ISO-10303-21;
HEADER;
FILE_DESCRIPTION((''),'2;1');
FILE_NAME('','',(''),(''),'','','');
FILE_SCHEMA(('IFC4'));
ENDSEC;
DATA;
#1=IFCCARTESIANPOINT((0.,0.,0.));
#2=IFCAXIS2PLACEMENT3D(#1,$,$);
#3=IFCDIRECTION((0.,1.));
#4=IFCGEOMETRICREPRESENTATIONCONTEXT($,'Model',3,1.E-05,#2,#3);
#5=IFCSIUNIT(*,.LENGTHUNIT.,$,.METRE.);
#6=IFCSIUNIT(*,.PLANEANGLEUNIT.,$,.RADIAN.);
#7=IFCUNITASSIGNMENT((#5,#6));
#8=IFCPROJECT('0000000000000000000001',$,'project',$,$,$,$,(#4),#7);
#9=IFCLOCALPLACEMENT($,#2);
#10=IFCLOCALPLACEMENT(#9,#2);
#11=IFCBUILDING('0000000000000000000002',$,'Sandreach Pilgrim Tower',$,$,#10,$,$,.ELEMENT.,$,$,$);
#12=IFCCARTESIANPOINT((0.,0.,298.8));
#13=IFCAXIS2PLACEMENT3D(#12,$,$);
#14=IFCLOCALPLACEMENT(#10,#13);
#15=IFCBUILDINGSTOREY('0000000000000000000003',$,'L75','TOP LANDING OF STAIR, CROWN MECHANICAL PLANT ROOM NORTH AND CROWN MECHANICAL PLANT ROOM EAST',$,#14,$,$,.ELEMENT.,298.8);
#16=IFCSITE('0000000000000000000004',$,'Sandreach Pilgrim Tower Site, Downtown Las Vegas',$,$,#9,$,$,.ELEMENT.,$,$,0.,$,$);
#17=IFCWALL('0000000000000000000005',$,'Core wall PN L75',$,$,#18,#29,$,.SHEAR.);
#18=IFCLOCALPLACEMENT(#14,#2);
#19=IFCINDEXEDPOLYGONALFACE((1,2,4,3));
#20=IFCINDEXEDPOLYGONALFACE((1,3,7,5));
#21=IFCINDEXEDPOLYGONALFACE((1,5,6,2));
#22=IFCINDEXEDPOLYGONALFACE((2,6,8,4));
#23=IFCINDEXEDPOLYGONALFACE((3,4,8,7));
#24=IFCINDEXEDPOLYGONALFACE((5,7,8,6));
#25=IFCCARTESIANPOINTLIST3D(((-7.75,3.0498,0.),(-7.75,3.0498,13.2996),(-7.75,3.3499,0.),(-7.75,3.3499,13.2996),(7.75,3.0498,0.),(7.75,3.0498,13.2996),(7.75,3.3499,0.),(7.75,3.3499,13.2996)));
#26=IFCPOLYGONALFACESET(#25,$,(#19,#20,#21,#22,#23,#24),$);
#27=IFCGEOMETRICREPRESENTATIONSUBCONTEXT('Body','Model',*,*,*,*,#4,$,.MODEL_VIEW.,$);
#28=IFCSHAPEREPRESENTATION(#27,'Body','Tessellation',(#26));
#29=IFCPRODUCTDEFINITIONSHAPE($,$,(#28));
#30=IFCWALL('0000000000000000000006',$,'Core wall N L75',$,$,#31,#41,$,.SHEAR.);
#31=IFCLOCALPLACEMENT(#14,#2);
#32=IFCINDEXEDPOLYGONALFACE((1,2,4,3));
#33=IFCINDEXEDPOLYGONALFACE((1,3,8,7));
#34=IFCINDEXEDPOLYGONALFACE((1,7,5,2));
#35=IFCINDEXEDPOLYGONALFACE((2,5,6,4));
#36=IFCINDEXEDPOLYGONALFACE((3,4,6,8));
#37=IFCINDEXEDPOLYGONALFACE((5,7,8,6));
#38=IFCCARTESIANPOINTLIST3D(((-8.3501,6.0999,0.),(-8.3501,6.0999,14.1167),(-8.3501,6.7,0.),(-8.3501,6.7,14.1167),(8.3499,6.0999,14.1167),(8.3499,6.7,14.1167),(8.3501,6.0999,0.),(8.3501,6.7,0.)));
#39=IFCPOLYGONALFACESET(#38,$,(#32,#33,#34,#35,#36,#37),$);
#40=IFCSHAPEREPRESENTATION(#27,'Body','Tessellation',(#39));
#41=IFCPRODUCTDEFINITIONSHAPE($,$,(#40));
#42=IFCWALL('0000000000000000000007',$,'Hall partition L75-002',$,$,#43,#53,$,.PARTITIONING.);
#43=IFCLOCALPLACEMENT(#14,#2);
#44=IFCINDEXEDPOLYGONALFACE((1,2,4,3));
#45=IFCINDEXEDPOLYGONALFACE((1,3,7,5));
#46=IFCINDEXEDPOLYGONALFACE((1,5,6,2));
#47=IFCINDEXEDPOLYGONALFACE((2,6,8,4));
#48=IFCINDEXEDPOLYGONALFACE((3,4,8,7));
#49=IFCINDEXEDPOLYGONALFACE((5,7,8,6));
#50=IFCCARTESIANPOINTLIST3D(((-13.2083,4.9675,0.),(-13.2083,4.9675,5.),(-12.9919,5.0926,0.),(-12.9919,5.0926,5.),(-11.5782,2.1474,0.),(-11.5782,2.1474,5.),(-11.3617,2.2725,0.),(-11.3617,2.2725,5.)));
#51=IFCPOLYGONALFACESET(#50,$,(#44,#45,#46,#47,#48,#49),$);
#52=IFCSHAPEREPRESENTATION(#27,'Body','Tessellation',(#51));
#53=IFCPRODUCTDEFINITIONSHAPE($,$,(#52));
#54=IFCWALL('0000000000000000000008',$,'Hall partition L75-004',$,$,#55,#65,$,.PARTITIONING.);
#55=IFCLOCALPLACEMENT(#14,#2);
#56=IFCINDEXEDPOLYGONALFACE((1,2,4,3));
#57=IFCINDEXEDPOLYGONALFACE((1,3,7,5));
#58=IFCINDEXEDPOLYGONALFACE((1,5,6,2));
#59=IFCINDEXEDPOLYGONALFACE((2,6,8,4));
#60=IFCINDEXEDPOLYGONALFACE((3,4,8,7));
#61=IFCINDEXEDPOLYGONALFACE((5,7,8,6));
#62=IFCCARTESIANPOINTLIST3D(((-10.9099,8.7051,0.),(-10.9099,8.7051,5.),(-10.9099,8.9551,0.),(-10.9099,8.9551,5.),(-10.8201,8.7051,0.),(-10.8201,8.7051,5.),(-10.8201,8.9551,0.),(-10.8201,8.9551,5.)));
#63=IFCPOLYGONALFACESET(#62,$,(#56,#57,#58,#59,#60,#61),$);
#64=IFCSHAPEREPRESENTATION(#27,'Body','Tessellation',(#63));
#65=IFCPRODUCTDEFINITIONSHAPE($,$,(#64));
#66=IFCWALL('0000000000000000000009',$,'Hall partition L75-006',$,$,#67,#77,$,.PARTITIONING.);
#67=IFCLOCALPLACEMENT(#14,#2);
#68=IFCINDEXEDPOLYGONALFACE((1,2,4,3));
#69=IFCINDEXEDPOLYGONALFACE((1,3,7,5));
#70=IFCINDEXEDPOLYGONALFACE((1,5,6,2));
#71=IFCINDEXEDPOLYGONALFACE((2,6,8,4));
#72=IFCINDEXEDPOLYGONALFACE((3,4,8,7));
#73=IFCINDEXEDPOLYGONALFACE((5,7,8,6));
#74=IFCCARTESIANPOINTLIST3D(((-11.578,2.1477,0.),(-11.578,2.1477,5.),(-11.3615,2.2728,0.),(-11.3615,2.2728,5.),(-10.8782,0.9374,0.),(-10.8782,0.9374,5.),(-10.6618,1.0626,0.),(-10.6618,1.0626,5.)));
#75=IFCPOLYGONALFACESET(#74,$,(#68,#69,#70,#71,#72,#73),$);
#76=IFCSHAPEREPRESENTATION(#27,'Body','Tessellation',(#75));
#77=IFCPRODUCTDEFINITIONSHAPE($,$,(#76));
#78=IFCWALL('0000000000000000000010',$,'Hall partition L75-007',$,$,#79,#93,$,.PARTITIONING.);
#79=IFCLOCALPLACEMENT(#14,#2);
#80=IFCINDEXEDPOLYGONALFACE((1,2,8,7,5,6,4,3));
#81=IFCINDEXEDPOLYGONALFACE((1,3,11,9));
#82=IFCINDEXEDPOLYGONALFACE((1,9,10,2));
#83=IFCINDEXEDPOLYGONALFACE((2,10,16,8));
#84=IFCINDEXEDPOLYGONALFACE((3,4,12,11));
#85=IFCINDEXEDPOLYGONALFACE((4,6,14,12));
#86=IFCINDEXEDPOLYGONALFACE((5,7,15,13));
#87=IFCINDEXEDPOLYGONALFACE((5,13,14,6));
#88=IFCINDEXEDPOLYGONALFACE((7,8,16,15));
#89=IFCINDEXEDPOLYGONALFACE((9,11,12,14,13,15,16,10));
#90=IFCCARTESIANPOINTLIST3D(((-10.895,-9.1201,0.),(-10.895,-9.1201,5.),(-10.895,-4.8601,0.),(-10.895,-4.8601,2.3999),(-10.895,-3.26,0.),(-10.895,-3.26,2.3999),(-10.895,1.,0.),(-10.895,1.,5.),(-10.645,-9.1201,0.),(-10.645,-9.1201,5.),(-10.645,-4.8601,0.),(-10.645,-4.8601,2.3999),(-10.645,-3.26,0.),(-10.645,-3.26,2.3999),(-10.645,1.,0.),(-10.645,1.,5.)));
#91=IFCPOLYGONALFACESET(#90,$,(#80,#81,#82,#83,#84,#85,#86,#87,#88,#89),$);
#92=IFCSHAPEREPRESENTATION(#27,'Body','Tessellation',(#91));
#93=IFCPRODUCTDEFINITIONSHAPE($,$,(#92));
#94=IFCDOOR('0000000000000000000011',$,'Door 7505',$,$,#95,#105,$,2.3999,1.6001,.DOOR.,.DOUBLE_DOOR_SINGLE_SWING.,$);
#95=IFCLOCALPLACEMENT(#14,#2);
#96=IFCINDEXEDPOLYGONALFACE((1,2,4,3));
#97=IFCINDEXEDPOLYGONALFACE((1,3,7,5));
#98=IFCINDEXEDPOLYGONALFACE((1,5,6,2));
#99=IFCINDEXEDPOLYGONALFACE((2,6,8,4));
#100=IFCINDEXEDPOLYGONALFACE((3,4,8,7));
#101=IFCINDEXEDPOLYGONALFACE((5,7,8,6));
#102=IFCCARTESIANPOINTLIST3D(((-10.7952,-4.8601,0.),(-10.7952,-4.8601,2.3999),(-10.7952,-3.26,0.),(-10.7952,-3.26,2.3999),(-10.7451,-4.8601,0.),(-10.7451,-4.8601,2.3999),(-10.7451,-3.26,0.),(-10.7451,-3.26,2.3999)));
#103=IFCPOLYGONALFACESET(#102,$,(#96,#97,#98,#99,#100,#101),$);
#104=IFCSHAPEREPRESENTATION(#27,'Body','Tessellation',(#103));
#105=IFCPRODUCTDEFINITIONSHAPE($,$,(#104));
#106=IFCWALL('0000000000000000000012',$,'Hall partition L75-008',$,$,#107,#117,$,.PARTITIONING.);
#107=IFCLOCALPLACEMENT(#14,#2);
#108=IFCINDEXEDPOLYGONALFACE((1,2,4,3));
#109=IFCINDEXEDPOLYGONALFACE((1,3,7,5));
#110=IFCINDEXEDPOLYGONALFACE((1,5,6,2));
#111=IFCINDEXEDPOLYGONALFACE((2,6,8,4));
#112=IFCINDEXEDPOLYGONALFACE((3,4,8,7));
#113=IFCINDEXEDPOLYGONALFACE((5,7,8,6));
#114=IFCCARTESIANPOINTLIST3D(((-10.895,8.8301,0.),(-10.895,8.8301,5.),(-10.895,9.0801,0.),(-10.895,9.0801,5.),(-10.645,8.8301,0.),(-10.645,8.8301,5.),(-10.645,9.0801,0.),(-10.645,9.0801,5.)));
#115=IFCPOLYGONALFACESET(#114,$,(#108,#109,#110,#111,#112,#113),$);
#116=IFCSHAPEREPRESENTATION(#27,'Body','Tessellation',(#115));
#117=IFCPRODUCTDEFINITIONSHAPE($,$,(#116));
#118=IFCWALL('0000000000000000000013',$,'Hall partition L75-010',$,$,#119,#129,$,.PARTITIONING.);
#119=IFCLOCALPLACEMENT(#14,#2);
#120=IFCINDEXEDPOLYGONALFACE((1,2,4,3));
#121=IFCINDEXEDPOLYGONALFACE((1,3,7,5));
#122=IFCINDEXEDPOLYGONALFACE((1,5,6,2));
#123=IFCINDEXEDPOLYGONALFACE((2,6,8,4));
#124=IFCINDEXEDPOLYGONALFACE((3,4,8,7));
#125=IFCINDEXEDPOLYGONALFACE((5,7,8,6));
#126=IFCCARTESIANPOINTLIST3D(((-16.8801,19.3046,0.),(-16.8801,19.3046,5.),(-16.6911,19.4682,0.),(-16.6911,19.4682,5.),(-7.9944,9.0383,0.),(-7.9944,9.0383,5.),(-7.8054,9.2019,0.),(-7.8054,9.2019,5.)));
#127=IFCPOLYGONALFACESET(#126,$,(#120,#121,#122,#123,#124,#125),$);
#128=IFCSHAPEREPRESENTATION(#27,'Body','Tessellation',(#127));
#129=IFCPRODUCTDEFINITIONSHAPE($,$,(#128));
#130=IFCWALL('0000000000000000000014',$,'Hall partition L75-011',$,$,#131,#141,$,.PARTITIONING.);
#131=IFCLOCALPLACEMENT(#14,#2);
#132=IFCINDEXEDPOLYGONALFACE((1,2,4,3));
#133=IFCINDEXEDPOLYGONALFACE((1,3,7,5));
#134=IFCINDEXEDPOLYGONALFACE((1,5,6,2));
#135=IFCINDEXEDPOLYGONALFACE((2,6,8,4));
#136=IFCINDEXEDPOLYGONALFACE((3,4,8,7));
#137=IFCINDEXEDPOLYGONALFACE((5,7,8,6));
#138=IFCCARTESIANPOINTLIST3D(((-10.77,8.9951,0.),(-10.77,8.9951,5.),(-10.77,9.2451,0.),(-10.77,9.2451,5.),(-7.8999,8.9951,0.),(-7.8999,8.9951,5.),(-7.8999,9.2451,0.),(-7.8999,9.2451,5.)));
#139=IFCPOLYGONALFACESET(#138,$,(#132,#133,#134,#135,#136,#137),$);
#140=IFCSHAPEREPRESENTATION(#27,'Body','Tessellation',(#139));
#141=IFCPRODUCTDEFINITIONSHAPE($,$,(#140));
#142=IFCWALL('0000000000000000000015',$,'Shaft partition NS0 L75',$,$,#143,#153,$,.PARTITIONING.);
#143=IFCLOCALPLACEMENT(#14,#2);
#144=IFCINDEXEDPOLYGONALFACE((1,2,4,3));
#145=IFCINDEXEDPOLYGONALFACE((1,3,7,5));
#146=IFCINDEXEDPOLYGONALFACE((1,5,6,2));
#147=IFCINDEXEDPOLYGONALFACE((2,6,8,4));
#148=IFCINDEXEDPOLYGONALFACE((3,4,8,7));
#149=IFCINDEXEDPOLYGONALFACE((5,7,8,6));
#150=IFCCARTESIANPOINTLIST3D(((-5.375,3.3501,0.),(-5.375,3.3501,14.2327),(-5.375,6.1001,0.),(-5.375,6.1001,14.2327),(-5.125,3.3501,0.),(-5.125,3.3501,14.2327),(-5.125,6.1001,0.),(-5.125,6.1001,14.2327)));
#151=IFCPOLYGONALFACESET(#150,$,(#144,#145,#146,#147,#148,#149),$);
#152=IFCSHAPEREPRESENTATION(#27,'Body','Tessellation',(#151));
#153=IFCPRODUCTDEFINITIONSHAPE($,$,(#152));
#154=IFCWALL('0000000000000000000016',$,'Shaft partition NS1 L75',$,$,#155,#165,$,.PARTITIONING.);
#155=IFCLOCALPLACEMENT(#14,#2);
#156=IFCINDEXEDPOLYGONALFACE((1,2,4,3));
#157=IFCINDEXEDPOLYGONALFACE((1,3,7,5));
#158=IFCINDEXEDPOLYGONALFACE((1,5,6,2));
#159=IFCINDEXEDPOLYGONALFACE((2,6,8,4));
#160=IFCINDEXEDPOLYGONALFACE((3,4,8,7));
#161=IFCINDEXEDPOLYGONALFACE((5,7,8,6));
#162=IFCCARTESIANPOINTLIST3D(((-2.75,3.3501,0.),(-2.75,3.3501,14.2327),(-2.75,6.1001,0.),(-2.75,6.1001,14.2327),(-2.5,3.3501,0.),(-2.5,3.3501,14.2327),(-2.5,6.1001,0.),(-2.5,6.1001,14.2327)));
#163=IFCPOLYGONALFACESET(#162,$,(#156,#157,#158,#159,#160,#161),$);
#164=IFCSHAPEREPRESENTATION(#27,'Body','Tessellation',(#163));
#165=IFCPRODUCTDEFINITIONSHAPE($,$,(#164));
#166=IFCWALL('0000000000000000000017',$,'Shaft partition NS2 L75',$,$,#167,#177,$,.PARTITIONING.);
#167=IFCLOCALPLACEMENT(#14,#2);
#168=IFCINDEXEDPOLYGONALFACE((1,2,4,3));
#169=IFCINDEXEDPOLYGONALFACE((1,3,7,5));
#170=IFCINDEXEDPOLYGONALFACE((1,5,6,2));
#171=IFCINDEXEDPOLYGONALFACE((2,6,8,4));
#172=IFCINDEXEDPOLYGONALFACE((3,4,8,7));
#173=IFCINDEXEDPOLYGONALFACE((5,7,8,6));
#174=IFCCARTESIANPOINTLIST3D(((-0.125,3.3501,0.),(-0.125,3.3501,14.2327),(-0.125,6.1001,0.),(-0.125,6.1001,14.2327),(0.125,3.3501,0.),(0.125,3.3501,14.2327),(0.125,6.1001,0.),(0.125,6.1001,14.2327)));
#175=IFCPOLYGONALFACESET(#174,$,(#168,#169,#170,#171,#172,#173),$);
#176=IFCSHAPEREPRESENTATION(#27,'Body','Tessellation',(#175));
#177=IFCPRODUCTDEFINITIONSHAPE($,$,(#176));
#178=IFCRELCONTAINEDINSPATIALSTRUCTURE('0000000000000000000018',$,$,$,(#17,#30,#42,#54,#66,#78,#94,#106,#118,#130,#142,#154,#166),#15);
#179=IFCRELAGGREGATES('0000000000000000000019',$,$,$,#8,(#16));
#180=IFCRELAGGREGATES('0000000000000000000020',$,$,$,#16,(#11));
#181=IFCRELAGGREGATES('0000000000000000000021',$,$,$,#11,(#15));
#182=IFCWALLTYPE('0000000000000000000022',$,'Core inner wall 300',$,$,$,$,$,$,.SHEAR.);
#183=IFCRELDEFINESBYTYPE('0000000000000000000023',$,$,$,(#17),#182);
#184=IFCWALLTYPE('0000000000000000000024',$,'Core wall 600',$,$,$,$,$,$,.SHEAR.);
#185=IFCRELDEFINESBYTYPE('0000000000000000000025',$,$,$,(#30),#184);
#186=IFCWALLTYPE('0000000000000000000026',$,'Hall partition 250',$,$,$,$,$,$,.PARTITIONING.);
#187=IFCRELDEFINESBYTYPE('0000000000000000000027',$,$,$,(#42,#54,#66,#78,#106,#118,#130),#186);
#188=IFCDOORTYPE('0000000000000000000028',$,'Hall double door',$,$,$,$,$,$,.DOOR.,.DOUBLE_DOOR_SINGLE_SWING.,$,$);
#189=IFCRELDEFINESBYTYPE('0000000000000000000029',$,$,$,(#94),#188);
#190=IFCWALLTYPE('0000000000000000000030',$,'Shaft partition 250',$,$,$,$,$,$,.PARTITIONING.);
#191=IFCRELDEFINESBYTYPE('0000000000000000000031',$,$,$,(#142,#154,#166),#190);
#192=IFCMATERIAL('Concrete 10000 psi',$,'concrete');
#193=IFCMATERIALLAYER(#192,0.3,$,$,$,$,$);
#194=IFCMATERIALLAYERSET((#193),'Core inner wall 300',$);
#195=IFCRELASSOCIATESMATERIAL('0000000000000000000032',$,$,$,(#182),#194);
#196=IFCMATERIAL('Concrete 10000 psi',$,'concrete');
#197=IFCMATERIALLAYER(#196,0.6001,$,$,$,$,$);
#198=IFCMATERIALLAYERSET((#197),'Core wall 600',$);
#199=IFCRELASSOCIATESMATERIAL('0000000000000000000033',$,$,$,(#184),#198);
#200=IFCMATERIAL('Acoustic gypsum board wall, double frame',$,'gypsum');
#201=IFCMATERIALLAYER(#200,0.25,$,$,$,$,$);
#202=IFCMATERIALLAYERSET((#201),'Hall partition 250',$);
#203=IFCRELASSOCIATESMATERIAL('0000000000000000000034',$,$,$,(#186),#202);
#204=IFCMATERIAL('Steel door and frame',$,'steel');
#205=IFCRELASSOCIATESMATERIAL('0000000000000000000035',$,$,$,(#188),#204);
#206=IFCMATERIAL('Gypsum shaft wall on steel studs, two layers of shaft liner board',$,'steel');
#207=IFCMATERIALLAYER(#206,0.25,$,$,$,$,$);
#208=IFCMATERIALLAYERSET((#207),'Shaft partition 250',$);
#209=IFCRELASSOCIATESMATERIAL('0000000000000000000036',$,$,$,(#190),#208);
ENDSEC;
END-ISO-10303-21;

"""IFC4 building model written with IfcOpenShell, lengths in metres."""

from ifc_helpers import new_model, si_unit, direction, frame, frame_2d, origin, place, context, subcontext, project, spatial, polyline, rectangle, outline, extrude, material, layer, layer_set, type_object, element, fill, save


model = new_model("IFC4")

# Units and contexts
model_context = context("Model", 3, precision=1e-05, world=origin(), true_north=direction((0.0, 1.0)))
body_context = subcontext(model_context, "Body", "Model", "MODEL_VIEW")
ifc_project = project(units=[si_unit("LENGTHUNIT", "METRE"), si_unit("PLANEANGLEUNIT", "RADIAN")], contexts=[model_context])

# Site, building, storey
site_placement = place(None, origin())
site = spatial("IfcSite", under=ifc_project, at=site_placement, Name="Sandreach Pilgrim Tower Site, Downtown Las Vegas", CompositionType="ELEMENT", RefElevation=0.0)
building_placement = place(site_placement, origin())
building = spatial("IfcBuilding", under=site, at=building_placement, Name="Sandreach Pilgrim Tower", CompositionType="ELEMENT")
storey_placement = place(building_placement, frame((0.0, 0.0, 298.8)))
storey = spatial("IfcBuildingStorey", under=building, at=storey_placement, Name="L75", Description="TOP LANDING OF STAIR, CROWN MECHANICAL PLANT ROOM NORTH AND CROWN MECHANICAL PLANT ROOM EAST", CompositionType="ELEMENT", Elevation=298.8)

# Walls
ifc_material_1 = material(Name="Concrete 10000 psi", Category="concrete")
ifc_layer_1 = layer(ifc_material_1, 0.3)
ifc_layer_set_1 = layer_set([ifc_layer_1], Name="Core inner wall 300")
wall_type_1 = type_object("IfcWallType", Name="Core inner wall 300", PredefinedType="SHEAR", material=ifc_layer_set_1)
wall_1_placement = place(storey_placement, frame((-7.75, 3.2, 0.0), z_axis=(0.0, 0.0, 1.0), x_axis=(1.0, 0.0, 0.0)))
element("IfcWall", 1, at=wall_1_placement, inside=storey, type_object=wall_type_1, Name="Core wall PN L75", PredefinedType="SHEAR", context=body_context, shape_type="SweptSolid", body=[
    extrude(outline(polyline([(0.0, 0.0), (15.5, 0.0), (15.5, 13.2996), (0.0, 13.2996), (0.0, 0.0)])), frame((0.0, 0.1499, 0.0), z_axis=(0.0, -1.0, 0.0), x_axis=(1.0, 0.0, 0.0)), (0.0, 0.0, 1.0), 0.3),
])
ifc_material_2 = material(Name="Concrete 10000 psi", Category="concrete")
ifc_layer_2 = layer(ifc_material_2, 0.6001)
ifc_layer_set_2 = layer_set([ifc_layer_2], Name="Core wall 600")
wall_type_2 = type_object("IfcWallType", Name="Core wall 600", PredefinedType="SHEAR", material=ifc_layer_set_2)
wall_2_placement = place(storey_placement, frame((-8.3501, 6.3999, 0.0), z_axis=(0.0, 0.0, 1.0), x_axis=(1.0, 0.0, 0.0)))
element("IfcWall", 2, at=wall_2_placement, inside=storey, type_object=wall_type_2, Name="Core wall N L75", PredefinedType="SHEAR", context=body_context, shape_type="SweptSolid", body=[
    extrude(outline(polyline([(0.0, 0.0), (16.7002, 0.0), (16.7, 14.1167), (0.0, 14.1167), (0.0, 0.0)])), frame((0.0, 0.3, 0.0), z_axis=(0.0, -1.0, 0.0), x_axis=(1.0, 0.0, 0.0)), (0.0, 0.0, 1.0), 0.6001),
])
ifc_material_3 = material(Name="Acoustic gypsum board wall, double frame", Category="gypsum")
ifc_layer_3 = layer(ifc_material_3, 0.25)
ifc_layer_set_3 = layer_set([ifc_layer_3], Name="Hall partition 250")
wall_type_3 = type_object("IfcWallType", Name="Hall partition 250", PredefinedType="PARTITIONING", material=ifc_layer_set_3)
wall_3_placement = place(storey_placement, frame((-13.1001, 5.03, 0.0), z_axis=(0.0, 0.0, 1.0), x_axis=(0.500451, -0.865765, 0.0)))
element("IfcWall", 3, at=wall_3_placement, inside=storey, type_object=wall_type_3, Name="Hall partition L75-002", PredefinedType="PARTITIONING", context=body_context, shape_type="SweptSolid", body=[
    extrude(rectangle(XDim=3.2573, YDim=0.25, at=frame_2d((1.6287, 0.0))), origin(), (0.0, 0.0, 1.0), 5.0),
])

# Shared definitions
ifc_material_4 = material(Name="Steel door and frame", Category="steel")
door_type = type_object("IfcDoorType", Name="Hall double door", OperationType="DOUBLE_DOOR_SINGLE_SWING", PredefinedType="DOOR", material=ifc_material_4)

# Walls
wall_4_placement = place(storey_placement, frame((-10.8201, 8.8301, 0.0), z_axis=(0.0, 0.0, 1.0), x_axis=(-1.0, 0.0, 0.0)))
element("IfcWall", 4, at=wall_4_placement, inside=storey, type_object=wall_type_3, Name="Hall partition L75-004", PredefinedType="PARTITIONING", context=body_context, shape_type="SweptSolid", body=[
    extrude(rectangle(XDim=0.0898, YDim=0.25, at=frame_2d((0.0449, 0.0))), origin(), (0.0, 0.0, 1.0), 5.0),
])
wall_5_placement = place(storey_placement, frame((-10.77, 1.0, 0.0), z_axis=(0.0, 0.0, 1.0), x_axis=(-0.500534, 0.865717, 0.0)))
element("IfcWall", 5, at=wall_5_placement, inside=storey, type_object=wall_type_3, Name="Hall partition L75-006", PredefinedType="PARTITIONING", context=body_context, shape_type="SweptSolid", body=[
    extrude(rectangle(XDim=1.3979, YDim=0.25, at=frame_2d((0.699, 0.0))), origin(), (0.0, 0.0, 1.0), 5.0),
])

# Wall, opening, door
wall_6_placement = place(storey_placement, frame((-10.77, 1.0, 0.0), z_axis=(0.0, 0.0, 1.0), x_axis=(0.0, -1.0, 0.0)))
wall_6 = element("IfcWall", 6, at=wall_6_placement, inside=storey, type_object=wall_type_3, Name="Hall partition L75-007", PredefinedType="PARTITIONING", context=body_context, shape_type="SweptSolid", body=[
    extrude(rectangle(XDim=10.1201, YDim=0.25, at=frame_2d((5.0601, 0.0))), origin(), (0.0, 0.0, 1.0), 5.0),
])
opening_1_placement = place(wall_6_placement, frame((4.26, 0.0, 0.0)))
opening_1 = element("IfcOpeningElement", 7, at=opening_1_placement, cuts=wall_6, PredefinedType="OPENING", context=body_context, shape_type="SweptSolid", body=[
    extrude(rectangle(XDim=1.6001, YDim=2.3999, at=frame_2d((0.8, 1.2))), frame((0.0, 0.125, 0.0), z_axis=(0.0, -1.0, 0.0), x_axis=(1.0, 0.0, 0.0)), (0.0, 0.0, 1.0), 0.25),
])
door_1_placement = place(opening_1_placement, origin())
door_1 = element("IfcDoor", 8, at=door_1_placement, inside=storey, type_object=door_type, Name="Door 7505", OperationType="DOUBLE_DOOR_SINGLE_SWING", OverallHeight=2.3999, OverallWidth=1.6001, PredefinedType="DOOR", context=body_context, shape_type="SweptSolid", body=[
    extrude(rectangle(XDim=1.6001, YDim=2.3999, at=frame_2d((0.8, 1.2))), frame((0.0, 0.0249, 0.0), z_axis=(0.0, -1.0, 0.0), x_axis=(1.0, 0.0, 0.0)), (0.0, 0.0, 1.0), 0.05),
])
fill(opening_1, door_1)

# Walls
wall_7_placement = place(storey_placement, frame((-10.77, 9.0801, 0.0), z_axis=(0.0, 0.0, 1.0), x_axis=(0.0, -1.0, 0.0)))
element("IfcWall", 9, at=wall_7_placement, inside=storey, type_object=wall_type_3, Name="Hall partition L75-008", PredefinedType="PARTITIONING", context=body_context, shape_type="SweptSolid", body=[
    extrude(rectangle(XDim=0.25, YDim=0.25, at=frame_2d((0.125, 0.0))), origin(), (0.0, 0.0, 1.0), 5.0),
])
wall_8_placement = place(storey_placement, frame((-7.8999, 9.1201, 0.0), z_axis=(0.0, 0.0, 1.0), x_axis=(-0.654435, 0.756118, 0.0)))
element("IfcWall", 10, at=wall_8_placement, inside=storey, type_object=wall_type_3, Name="Hall partition L75-010", PredefinedType="PARTITIONING", context=body_context, shape_type="SweptSolid", body=[
    extrude(rectangle(XDim=13.5776, YDim=0.25, at=frame_2d((6.7888, 0.0))), origin(), (0.0, 0.0, 1.0), 5.0),
])
wall_9_placement = place(storey_placement, frame((-7.8999, 9.1201, 0.0), z_axis=(0.0, 0.0, 1.0), x_axis=(-1.0, 0.0, 0.0)))
element("IfcWall", 11, at=wall_9_placement, inside=storey, type_object=wall_type_3, Name="Hall partition L75-011", PredefinedType="PARTITIONING", context=body_context, shape_type="SweptSolid", body=[
    extrude(rectangle(XDim=2.8701, YDim=0.25, at=frame_2d((1.4351, 0.0))), origin(), (0.0, 0.0, 1.0), 5.0),
])
ifc_material_5 = material(Name="Gypsum shaft wall on steel studs, two layers of shaft liner board", Category="steel")
ifc_layer_4 = layer(ifc_material_5, 0.25)
ifc_layer_set_4 = layer_set([ifc_layer_4], Name="Shaft partition 250")
wall_type_4 = type_object("IfcWallType", Name="Shaft partition 250", PredefinedType="PARTITIONING", material=ifc_layer_set_4)
for number, where, z_axis, x_axis, name in (
    (12, (-5.25, 3.3501, 0.0), (0.0, 0.0, 1.0), (0.0, 1.0, 0.0), "Shaft partition NS0 L75"),
    (13, (-2.625, 3.3501, 0.0), (0.0, 0.0, 1.0), (0.0, 1.0, 0.0), "Shaft partition NS1 L75"),
    (14, (0.0, 3.3501, 0.0), (0.0, 0.0, 1.0), (0.0, 1.0, 0.0), "Shaft partition NS2 L75"),
):
    element("IfcWall", number, at=place(storey_placement, frame(where, z_axis=z_axis, x_axis=x_axis)), inside=storey, type_object=wall_type_4, Name=name, PredefinedType="PARTITIONING", context=body_context, shape_type="SweptSolid", body=[
        extrude(rectangle(XDim=2.75, YDim=0.25, at=frame_2d((1.375, 0.0))), origin(), (0.0, 0.0, 1.0), 14.2327),
    ])

save(model, "model.ifc")
